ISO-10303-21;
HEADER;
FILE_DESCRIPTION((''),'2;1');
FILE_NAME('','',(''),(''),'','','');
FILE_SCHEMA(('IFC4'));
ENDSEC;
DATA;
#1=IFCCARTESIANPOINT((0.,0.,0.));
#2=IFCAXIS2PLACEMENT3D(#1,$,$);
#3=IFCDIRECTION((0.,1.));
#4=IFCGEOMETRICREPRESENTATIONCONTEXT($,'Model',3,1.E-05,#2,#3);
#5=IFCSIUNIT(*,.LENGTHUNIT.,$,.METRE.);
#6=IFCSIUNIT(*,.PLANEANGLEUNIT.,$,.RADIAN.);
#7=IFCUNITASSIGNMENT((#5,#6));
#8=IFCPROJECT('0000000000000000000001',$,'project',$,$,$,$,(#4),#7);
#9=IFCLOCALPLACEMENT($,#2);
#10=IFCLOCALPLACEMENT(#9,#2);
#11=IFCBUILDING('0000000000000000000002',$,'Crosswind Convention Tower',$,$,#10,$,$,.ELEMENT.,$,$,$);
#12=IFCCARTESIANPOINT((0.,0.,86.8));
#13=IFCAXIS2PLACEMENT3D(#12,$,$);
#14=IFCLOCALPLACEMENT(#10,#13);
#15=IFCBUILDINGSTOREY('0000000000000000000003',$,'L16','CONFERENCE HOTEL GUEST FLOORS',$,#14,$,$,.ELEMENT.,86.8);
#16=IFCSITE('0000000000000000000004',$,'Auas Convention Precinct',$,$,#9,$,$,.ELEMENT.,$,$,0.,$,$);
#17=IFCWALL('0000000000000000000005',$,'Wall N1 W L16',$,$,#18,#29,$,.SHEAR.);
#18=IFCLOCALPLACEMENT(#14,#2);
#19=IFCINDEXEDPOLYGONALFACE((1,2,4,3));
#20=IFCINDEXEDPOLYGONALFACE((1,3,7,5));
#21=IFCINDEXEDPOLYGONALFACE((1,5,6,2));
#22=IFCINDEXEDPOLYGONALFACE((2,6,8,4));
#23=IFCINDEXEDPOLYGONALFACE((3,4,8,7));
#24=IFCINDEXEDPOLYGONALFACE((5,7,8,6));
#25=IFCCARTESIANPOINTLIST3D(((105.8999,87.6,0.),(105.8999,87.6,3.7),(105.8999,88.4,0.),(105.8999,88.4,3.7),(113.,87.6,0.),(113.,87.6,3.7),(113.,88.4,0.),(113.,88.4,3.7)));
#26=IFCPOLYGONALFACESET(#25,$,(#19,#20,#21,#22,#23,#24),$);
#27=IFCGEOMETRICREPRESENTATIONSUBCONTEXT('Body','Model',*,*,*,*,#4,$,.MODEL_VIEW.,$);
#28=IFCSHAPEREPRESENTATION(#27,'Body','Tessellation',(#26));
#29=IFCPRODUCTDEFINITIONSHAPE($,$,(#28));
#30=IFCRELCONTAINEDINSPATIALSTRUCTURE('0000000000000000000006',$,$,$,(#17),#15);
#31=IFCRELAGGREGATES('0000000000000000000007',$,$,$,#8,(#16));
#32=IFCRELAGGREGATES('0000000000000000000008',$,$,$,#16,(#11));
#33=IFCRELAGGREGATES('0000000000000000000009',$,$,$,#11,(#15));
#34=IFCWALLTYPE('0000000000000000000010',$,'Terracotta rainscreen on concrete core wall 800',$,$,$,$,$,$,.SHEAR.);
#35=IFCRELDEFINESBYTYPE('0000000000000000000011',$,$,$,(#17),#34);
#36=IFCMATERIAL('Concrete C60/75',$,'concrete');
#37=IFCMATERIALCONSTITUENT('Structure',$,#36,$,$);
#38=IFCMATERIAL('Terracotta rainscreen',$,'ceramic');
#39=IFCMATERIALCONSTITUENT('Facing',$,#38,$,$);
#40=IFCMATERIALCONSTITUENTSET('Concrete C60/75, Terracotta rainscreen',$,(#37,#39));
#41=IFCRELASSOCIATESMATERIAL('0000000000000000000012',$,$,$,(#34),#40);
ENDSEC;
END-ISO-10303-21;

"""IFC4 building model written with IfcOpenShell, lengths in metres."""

from ifc_helpers import new_model, si_unit, direction, frame, frame_2d, origin, place, context, subcontext, project, spatial, rectangle, extrude, material, constituent, constituent_set, type_object, element, save


model = new_model("IFC4")

# Units and contexts
model_context = context("Model", 3, precision=1e-05, world=origin(), true_north=direction((0.0, 1.0)))
body_context = subcontext(model_context, "Body", "Model", "MODEL_VIEW")
ifc_project = project(units=[si_unit("LENGTHUNIT", "METRE"), si_unit("PLANEANGLEUNIT", "RADIAN")], contexts=[model_context])

# Site, building, storey
site_placement = place(None, origin())
site = spatial("IfcSite", under=ifc_project, at=site_placement, Name="Auas Convention Precinct", CompositionType="ELEMENT", RefElevation=0.0)
building_placement = place(site_placement, origin())
building = spatial("IfcBuilding", under=site, at=building_placement, Name="Crosswind Convention Tower", CompositionType="ELEMENT")
storey_placement = place(building_placement, frame((0.0, 0.0, 86.8)))
storey = spatial("IfcBuildingStorey", under=building, at=storey_placement, Name="L16", Description="CONFERENCE HOTEL GUEST FLOORS", CompositionType="ELEMENT", Elevation=86.8)

# Wall
ifc_material_1 = material(Name="Concrete C60/75", Category="concrete")
ifc_constituent_1 = constituent(ifc_material_1, Name="Structure")
ifc_material_2 = material(Name="Terracotta rainscreen", Category="ceramic")
ifc_constituent_2 = constituent(ifc_material_2, Name="Facing")
ifc_constituent_set = constituent_set(constituents=[ifc_constituent_1, ifc_constituent_2], Name="Concrete C60/75, Terracotta rainscreen")
wall_type_1 = type_object("IfcWallType", Name="Terracotta rainscreen on concrete core wall 800", PredefinedType="SHEAR", material=ifc_constituent_set)
wall_1_placement = place(storey_placement, frame((113.0, 88.0, 0.0), z_axis=(0.0, 0.0, 1.0), x_axis=(-1.0, 0.0, 0.0)))
element("IfcWall", 1, at=wall_1_placement, inside=storey, type_object=wall_type_1, Name="Wall N1 W L16", PredefinedType="SHEAR", context=body_context, shape_type="SweptSolid", body=[
    extrude(rectangle(XDim=7.1001, YDim=0.8, at=frame_2d((3.55, 0.0))), origin(), (0.0, 0.0, 1.0), 3.7),
])

save(model, "model.ifc")
